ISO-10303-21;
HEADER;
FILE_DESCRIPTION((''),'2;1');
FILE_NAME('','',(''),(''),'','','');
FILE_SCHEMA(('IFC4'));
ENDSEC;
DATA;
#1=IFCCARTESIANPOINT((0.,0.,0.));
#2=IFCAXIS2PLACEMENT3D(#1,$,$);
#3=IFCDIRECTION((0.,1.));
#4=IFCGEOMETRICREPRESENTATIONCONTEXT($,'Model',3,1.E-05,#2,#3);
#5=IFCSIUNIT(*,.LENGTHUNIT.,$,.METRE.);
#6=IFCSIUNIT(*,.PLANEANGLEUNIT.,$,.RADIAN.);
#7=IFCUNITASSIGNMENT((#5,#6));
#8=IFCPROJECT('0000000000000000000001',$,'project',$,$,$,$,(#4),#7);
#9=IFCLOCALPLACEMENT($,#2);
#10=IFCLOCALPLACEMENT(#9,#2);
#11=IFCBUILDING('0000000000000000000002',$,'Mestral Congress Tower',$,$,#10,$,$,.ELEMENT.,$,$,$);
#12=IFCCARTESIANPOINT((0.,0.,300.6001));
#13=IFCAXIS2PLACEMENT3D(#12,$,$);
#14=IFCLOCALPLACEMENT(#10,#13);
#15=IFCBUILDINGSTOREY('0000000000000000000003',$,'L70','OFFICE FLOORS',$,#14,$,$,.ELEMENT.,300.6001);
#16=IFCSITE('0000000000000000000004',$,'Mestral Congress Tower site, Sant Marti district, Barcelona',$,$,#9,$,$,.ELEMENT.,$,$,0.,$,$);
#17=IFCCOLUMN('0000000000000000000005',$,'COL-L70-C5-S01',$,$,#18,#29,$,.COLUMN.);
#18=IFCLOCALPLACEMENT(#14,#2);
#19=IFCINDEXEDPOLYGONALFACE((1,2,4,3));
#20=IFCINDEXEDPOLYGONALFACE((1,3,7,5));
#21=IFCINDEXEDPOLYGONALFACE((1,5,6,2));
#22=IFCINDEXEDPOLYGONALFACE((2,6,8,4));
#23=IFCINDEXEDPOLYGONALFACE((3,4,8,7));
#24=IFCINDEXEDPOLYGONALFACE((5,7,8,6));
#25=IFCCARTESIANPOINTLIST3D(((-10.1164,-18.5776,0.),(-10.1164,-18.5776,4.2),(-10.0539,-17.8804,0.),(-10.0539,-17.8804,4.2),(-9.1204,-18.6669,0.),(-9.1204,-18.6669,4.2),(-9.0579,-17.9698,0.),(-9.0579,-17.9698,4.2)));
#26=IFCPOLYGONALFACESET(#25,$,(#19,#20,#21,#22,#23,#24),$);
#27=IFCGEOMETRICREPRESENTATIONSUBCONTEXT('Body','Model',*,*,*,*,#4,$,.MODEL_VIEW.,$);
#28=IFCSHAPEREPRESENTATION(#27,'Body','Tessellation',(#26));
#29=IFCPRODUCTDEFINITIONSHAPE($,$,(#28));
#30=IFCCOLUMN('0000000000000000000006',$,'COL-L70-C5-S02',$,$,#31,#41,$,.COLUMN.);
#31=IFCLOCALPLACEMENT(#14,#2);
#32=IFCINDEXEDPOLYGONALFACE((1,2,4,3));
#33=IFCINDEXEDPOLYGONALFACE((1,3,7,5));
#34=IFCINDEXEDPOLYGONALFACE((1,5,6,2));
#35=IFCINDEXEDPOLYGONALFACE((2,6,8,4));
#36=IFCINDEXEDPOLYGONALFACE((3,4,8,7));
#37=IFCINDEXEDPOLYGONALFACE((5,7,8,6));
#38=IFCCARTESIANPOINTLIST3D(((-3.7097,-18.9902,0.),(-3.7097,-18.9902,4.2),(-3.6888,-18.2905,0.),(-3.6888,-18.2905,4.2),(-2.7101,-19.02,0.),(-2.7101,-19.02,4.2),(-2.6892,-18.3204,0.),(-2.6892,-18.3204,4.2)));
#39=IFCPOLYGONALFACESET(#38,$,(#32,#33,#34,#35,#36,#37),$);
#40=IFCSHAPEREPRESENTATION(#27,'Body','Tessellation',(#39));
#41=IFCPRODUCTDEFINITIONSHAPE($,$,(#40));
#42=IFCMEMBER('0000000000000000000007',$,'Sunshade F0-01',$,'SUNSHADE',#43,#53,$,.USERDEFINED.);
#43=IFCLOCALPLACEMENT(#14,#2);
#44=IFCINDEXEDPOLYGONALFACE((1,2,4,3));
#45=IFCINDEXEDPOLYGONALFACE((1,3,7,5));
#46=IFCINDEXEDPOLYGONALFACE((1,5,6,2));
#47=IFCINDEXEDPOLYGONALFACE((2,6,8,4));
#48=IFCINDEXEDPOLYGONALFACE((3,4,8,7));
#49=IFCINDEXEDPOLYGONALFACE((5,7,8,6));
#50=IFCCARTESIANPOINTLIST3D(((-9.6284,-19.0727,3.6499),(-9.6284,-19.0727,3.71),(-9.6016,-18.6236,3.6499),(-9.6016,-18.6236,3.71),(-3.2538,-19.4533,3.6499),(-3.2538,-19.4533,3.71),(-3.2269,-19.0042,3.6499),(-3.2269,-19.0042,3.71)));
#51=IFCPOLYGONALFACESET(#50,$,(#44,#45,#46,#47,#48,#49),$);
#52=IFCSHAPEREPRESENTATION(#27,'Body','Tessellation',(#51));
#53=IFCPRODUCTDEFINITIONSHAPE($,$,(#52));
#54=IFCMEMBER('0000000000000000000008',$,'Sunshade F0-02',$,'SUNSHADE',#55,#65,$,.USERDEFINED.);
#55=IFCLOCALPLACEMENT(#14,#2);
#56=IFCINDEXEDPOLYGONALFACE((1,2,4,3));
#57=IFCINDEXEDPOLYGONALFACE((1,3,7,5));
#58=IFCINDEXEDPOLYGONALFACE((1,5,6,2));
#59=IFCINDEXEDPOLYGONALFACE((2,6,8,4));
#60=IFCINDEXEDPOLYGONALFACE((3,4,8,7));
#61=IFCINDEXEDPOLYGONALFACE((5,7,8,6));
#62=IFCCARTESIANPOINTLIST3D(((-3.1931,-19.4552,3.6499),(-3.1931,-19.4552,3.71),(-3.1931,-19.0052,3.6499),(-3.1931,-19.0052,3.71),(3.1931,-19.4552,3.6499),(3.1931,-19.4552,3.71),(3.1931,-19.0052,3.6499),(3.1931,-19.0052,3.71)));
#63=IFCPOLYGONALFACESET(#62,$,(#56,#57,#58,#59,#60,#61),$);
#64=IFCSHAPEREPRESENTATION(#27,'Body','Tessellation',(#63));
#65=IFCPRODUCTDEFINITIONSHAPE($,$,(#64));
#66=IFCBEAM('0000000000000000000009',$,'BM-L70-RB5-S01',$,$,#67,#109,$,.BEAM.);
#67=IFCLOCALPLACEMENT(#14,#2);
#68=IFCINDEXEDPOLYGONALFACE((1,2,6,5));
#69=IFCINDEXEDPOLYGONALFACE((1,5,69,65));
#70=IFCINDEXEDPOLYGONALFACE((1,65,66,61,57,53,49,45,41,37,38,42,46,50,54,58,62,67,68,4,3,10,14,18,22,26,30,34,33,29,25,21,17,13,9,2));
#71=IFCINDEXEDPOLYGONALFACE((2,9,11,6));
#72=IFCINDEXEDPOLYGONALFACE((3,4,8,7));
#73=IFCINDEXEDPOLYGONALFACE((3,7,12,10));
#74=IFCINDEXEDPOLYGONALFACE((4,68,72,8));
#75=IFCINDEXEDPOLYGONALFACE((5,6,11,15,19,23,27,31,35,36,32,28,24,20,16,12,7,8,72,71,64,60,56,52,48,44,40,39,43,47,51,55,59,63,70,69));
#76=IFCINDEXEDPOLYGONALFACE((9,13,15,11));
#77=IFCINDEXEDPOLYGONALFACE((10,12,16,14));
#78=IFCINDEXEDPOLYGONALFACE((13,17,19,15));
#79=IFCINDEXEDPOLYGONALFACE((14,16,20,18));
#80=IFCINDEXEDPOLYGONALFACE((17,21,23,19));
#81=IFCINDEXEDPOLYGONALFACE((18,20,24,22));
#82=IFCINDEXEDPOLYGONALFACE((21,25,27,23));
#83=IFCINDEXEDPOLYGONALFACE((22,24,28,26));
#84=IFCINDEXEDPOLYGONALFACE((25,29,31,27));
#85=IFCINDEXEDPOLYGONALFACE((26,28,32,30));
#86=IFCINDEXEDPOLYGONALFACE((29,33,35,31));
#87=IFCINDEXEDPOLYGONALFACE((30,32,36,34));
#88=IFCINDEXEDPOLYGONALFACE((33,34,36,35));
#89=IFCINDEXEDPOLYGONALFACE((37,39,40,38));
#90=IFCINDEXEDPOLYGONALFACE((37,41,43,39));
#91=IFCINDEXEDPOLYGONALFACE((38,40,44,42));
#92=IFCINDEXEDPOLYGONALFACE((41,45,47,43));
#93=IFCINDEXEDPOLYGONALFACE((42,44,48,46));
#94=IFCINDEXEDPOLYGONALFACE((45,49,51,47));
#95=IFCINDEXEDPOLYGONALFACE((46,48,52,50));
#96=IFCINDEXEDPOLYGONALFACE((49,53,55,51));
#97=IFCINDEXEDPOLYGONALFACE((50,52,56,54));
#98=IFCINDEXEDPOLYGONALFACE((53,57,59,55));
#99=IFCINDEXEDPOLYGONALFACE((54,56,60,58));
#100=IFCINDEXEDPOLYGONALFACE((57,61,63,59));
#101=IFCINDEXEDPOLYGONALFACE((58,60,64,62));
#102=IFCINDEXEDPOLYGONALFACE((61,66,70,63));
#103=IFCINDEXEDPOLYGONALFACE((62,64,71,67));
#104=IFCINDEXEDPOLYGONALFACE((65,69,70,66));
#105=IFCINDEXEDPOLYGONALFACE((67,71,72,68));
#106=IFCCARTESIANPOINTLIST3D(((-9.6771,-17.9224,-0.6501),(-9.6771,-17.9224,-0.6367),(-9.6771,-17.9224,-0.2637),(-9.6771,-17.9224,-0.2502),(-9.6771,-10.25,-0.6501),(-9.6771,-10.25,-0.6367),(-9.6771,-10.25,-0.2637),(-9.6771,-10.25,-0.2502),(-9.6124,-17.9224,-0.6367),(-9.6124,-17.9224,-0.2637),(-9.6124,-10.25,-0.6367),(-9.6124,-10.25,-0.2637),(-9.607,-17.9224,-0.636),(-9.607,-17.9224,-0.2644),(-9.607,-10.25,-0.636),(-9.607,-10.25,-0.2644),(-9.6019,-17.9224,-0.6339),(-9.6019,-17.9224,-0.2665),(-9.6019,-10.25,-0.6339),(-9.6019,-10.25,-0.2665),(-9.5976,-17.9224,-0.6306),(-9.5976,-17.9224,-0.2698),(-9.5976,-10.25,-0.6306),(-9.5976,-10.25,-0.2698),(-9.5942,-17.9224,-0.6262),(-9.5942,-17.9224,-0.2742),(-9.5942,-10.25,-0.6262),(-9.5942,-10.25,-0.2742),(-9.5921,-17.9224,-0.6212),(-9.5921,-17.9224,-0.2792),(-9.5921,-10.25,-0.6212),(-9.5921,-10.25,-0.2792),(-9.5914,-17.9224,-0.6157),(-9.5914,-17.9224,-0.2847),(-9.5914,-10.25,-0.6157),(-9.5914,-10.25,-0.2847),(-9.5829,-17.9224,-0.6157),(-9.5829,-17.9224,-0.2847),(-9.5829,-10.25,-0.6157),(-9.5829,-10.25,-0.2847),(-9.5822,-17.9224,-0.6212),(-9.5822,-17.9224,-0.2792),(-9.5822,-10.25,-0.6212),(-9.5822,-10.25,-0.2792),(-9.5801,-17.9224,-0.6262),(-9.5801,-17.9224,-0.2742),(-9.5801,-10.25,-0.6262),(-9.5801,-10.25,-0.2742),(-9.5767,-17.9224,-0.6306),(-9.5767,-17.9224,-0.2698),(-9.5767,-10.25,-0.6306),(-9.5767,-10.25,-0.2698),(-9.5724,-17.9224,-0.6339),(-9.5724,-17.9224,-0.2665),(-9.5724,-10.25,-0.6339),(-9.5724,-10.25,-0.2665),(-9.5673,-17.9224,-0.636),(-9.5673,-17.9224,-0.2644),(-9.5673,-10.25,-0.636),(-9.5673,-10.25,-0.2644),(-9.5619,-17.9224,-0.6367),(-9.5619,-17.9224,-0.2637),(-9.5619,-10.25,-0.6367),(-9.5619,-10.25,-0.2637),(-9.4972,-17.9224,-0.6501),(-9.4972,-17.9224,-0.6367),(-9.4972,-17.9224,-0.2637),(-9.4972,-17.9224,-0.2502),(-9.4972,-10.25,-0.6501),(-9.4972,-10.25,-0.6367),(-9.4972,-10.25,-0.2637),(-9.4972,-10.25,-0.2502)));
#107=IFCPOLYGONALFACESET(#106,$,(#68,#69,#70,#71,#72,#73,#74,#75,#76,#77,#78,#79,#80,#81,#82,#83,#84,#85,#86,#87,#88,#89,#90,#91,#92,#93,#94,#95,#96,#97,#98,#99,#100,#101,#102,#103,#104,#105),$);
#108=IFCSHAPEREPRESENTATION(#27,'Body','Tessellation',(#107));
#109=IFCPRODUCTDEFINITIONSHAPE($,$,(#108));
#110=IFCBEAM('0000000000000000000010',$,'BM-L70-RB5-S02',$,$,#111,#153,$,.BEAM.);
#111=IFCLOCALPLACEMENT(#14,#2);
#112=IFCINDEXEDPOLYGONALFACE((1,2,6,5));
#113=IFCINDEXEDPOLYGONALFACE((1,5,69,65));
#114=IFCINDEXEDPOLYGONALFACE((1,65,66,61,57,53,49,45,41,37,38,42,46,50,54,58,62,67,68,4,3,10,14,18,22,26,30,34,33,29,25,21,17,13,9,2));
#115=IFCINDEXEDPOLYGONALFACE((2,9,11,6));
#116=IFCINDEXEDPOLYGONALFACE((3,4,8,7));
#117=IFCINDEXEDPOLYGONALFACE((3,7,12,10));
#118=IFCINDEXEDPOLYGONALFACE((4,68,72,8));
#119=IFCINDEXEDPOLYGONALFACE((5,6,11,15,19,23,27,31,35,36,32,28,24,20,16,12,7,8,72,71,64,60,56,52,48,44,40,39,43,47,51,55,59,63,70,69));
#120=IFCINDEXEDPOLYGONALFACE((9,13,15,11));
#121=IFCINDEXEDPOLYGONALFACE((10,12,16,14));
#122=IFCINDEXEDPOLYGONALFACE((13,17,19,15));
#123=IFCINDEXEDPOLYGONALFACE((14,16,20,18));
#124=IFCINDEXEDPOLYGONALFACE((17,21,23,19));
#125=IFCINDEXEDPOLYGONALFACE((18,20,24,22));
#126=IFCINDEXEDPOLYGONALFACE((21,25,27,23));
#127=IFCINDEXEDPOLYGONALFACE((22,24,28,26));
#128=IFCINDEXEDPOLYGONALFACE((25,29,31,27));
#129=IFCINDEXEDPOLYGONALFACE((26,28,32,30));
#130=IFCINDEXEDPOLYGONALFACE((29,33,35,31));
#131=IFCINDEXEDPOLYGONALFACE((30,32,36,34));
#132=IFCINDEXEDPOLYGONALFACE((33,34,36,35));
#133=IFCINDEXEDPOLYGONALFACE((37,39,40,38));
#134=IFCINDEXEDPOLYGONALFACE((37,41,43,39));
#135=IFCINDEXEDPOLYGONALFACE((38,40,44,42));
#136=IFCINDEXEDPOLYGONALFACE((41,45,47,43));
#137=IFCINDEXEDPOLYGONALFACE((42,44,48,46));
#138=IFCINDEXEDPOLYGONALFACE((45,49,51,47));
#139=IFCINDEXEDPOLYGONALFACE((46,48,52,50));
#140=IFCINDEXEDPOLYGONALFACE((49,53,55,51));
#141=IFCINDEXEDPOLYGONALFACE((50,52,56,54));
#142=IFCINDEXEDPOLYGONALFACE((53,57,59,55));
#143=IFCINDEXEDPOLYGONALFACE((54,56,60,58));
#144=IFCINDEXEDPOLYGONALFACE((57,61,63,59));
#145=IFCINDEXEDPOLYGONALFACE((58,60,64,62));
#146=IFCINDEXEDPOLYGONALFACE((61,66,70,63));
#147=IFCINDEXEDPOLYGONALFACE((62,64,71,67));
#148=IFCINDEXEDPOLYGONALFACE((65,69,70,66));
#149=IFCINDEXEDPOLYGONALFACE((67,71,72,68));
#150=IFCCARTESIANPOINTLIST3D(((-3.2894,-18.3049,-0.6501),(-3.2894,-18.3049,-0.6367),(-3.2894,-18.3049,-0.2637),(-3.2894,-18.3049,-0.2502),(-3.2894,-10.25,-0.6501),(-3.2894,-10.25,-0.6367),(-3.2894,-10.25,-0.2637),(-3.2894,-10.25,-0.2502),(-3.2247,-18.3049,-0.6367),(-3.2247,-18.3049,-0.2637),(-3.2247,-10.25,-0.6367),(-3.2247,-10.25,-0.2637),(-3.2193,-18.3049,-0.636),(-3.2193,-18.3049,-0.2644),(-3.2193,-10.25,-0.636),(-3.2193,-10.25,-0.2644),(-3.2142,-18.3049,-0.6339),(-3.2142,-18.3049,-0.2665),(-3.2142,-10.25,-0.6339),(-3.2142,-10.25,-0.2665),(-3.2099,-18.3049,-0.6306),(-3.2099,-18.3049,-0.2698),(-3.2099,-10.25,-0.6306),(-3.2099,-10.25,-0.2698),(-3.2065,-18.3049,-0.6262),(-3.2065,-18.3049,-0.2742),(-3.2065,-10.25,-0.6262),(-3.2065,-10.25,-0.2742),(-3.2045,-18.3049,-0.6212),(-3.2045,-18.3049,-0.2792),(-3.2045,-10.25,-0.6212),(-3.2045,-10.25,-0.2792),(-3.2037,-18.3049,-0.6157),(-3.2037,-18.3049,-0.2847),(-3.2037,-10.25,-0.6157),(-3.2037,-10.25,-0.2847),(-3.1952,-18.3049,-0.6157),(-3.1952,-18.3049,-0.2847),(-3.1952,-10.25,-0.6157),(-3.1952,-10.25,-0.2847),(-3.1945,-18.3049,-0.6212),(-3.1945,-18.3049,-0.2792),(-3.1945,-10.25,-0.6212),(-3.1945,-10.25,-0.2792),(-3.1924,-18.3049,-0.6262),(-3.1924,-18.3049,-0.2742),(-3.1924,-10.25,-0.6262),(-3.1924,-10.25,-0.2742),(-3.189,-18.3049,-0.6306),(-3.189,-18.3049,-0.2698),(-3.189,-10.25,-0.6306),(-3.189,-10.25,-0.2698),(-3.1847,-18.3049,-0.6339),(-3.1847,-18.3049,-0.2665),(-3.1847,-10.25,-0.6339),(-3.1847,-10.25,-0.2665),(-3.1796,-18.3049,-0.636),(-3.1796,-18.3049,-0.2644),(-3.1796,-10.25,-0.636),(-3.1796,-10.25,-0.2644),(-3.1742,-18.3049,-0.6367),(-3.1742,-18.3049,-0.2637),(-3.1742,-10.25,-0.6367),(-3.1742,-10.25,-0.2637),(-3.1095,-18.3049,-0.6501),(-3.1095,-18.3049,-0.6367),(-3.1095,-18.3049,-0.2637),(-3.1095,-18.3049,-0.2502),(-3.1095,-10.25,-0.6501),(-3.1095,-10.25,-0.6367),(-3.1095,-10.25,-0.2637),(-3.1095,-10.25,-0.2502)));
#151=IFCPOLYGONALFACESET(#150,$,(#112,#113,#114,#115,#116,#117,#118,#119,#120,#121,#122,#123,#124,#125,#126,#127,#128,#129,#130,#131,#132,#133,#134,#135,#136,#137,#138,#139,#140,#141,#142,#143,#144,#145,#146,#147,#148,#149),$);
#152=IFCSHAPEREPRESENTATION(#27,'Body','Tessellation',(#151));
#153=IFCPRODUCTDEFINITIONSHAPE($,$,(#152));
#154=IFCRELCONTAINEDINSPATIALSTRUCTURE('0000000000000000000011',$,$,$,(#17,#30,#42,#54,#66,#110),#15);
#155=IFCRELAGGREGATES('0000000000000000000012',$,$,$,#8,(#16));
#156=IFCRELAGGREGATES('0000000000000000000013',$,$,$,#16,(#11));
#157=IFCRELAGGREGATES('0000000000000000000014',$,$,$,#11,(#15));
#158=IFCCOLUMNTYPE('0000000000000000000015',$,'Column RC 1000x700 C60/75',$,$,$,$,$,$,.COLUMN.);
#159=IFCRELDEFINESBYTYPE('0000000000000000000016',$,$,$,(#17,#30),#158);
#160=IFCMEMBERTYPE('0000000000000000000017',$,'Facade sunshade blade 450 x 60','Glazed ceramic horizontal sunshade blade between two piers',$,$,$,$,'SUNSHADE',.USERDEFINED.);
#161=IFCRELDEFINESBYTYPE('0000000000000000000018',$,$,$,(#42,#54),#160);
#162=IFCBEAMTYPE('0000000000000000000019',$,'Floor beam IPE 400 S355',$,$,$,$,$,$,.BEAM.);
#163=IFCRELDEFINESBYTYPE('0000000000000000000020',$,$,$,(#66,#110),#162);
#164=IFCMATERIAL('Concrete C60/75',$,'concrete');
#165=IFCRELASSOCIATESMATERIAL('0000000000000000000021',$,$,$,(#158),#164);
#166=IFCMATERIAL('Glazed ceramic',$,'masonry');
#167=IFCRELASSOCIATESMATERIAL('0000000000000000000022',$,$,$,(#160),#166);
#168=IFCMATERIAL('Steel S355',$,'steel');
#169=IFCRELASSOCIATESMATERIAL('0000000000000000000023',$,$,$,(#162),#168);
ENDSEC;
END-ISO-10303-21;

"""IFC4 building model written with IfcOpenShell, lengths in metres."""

from ifc_helpers import new_model, si_unit, direction, frame, origin, origin_2d, place, context, subcontext, project, spatial, rectangle, i_section, extrude, material, material_profile, profile_set, type_object, element, save


model = new_model("IFC4")

# Units and contexts
model_context = context("Model", 3, precision=1e-05, world=origin(), true_north=direction((0.0, 1.0)))
body_context = subcontext(model_context, "Body", "Model", "MODEL_VIEW")
ifc_project = project(units=[si_unit("LENGTHUNIT", "METRE"), si_unit("PLANEANGLEUNIT", "RADIAN")], contexts=[model_context])

# Site, building, storey
site_placement = place(None, origin())
site = spatial("IfcSite", under=ifc_project, at=site_placement, Name="Mestral Congress Tower site, Sant Marti district, Barcelona", CompositionType="ELEMENT", RefElevation=0.0)
building_placement = place(site_placement, origin())
building = spatial("IfcBuilding", under=site, at=building_placement, Name="Mestral Congress Tower", CompositionType="ELEMENT")
storey_placement = place(building_placement, frame((0.0, 0.0, 300.6001)))
storey = spatial("IfcBuildingStorey", under=building, at=storey_placement, Name="L70", Description="OFFICE FLOORS", CompositionType="ELEMENT", Elevation=300.6001)

# Columns
ifc_material_1 = material(Name="Concrete C60/75", Category="concrete")
ifc_material_profile_1 = material_profile(ifc_material_1, rectangle(XDim=1.0, YDim=0.7, at=origin_2d()), Name="RC 1000x700")
ifc_profile_set_1 = profile_set([ifc_material_profile_1], Name="Concrete C60/75")
column_type = type_object("IfcColumnType", Name="Column RC 1000x700 C60/75", PredefinedType="COLUMN", material=ifc_profile_set_1)
for number, where, z_axis, x_axis, name in (
    (1, (-9.5872, -18.2737, 0.0), (0.0, 0.0, 1.0), (0.995998, -0.089378, 0.0), "COL-L70-C5-S01"),
    (2, (-3.1995, -18.6553, 0.0), (0.0, 0.0, 1.0), (0.999555, -0.029828, 0.0), "COL-L70-C5-S02"),
):
    element("IfcColumn", number, at=place(storey_placement, frame(where, z_axis=z_axis, x_axis=x_axis)), inside=storey, type_object=column_type, Name=name, PredefinedType="COLUMN", context=body_context, shape_type="SweptSolid", body=[
        extrude(rectangle(XDim=1.0, YDim=0.7, at=origin_2d()), origin(), (0.0, 0.0, 1.0), 4.2),
    ])

# Members
ifc_material_2 = material(Name="Glazed ceramic", Category="masonry")
ifc_material_profile_2 = material_profile(ifc_material_2, rectangle(XDim=0.45, YDim=0.0601, at=origin_2d()), Name="Ceramic blade 450 x 60")
ifc_profile_set_2 = profile_set([ifc_material_profile_2], Name="Glazed ceramic")
member_type = type_object("IfcMemberType", Name="Facade sunshade blade 450 x 60", Description="Glazed ceramic horizontal sunshade blade between two piers", ElementType="SUNSHADE", PredefinedType="USERDEFINED", material=ifc_profile_set_2)
member_1_placement = place(storey_placement, frame((-9.615, -18.8481, 3.6799), z_axis=(0.998222, -0.059603, 0.0), x_axis=(0.059603, 0.998222, 0.0)))
element("IfcMember", 3, at=member_1_placement, inside=storey, type_object=member_type, Name="Sunshade F0-01", ObjectType="SUNSHADE", PredefinedType="USERDEFINED", context=body_context, shape_type="SweptSolid", body=[
    extrude(rectangle(XDim=0.45, YDim=0.0601, at=origin_2d()), origin(), (0.0, 0.0, 1.0), 6.386),
])
member_2_placement = place(storey_placement, frame((-3.1931, -19.2302, 3.6799), z_axis=(1.0, 0.0, 0.0), x_axis=(0.0, 1.0, 0.0)))
element("IfcMember", 4, at=member_2_placement, inside=storey, type_object=member_type, Name="Sunshade F0-02", ObjectType="SUNSHADE", PredefinedType="USERDEFINED", context=body_context, shape_type="SweptSolid", body=[
    extrude(rectangle(XDim=0.45, YDim=0.0601, at=origin_2d()), origin(), (0.0, 0.0, 1.0), 6.3862),
])

# Beams
ifc_material_3 = material(Name="Steel S355", Category="steel")
ifc_material_profile_3 = material_profile(ifc_material_3, i_section(OverallWidth=0.1799, OverallDepth=0.3999, WebThickness=0.0085, FlangeThickness=0.0134, FilletRadius=0.021, at=origin_2d()), Name="IPE 400")
ifc_profile_set_3 = profile_set([ifc_material_profile_3], Name="Steel S355")
beam_type_1 = type_object("IfcBeamType", Name="Floor beam IPE 400 S355", PredefinedType="BEAM", material=ifc_profile_set_3)
beam_1_placement = place(storey_placement, frame((-9.5872, -17.9224, -0.4502), z_axis=(0.0, 1.0, 0.0), x_axis=(-1.0, 0.0, 0.0)))
element("IfcBeam", 5, at=beam_1_placement, inside=storey, type_object=beam_type_1, Name="BM-L70-RB5-S01", PredefinedType="BEAM", context=body_context, shape_type="SweptSolid", body=[
    extrude(i_section(OverallWidth=0.1799, OverallDepth=0.3999, WebThickness=0.0085, FlangeThickness=0.0134, FilletRadius=0.021, at=origin_2d()), origin(), (0.0, 0.0, 1.0), 7.6724),
])
beam_2_placement = place(storey_placement, frame((-3.1995, -18.3049, -0.4502), z_axis=(0.0, 1.0, 0.0), x_axis=(-1.0, 0.0, 0.0)))
element("IfcBeam", 6, at=beam_2_placement, inside=storey, type_object=beam_type_1, Name="BM-L70-RB5-S02", PredefinedType="BEAM", context=body_context, shape_type="SweptSolid", body=[
    extrude(i_section(OverallWidth=0.1799, OverallDepth=0.3999, WebThickness=0.0085, FlangeThickness=0.0134, FilletRadius=0.021, at=origin_2d()), origin(), (0.0, 0.0, 1.0), 8.0549),
])

save(model, "model.ifc")
